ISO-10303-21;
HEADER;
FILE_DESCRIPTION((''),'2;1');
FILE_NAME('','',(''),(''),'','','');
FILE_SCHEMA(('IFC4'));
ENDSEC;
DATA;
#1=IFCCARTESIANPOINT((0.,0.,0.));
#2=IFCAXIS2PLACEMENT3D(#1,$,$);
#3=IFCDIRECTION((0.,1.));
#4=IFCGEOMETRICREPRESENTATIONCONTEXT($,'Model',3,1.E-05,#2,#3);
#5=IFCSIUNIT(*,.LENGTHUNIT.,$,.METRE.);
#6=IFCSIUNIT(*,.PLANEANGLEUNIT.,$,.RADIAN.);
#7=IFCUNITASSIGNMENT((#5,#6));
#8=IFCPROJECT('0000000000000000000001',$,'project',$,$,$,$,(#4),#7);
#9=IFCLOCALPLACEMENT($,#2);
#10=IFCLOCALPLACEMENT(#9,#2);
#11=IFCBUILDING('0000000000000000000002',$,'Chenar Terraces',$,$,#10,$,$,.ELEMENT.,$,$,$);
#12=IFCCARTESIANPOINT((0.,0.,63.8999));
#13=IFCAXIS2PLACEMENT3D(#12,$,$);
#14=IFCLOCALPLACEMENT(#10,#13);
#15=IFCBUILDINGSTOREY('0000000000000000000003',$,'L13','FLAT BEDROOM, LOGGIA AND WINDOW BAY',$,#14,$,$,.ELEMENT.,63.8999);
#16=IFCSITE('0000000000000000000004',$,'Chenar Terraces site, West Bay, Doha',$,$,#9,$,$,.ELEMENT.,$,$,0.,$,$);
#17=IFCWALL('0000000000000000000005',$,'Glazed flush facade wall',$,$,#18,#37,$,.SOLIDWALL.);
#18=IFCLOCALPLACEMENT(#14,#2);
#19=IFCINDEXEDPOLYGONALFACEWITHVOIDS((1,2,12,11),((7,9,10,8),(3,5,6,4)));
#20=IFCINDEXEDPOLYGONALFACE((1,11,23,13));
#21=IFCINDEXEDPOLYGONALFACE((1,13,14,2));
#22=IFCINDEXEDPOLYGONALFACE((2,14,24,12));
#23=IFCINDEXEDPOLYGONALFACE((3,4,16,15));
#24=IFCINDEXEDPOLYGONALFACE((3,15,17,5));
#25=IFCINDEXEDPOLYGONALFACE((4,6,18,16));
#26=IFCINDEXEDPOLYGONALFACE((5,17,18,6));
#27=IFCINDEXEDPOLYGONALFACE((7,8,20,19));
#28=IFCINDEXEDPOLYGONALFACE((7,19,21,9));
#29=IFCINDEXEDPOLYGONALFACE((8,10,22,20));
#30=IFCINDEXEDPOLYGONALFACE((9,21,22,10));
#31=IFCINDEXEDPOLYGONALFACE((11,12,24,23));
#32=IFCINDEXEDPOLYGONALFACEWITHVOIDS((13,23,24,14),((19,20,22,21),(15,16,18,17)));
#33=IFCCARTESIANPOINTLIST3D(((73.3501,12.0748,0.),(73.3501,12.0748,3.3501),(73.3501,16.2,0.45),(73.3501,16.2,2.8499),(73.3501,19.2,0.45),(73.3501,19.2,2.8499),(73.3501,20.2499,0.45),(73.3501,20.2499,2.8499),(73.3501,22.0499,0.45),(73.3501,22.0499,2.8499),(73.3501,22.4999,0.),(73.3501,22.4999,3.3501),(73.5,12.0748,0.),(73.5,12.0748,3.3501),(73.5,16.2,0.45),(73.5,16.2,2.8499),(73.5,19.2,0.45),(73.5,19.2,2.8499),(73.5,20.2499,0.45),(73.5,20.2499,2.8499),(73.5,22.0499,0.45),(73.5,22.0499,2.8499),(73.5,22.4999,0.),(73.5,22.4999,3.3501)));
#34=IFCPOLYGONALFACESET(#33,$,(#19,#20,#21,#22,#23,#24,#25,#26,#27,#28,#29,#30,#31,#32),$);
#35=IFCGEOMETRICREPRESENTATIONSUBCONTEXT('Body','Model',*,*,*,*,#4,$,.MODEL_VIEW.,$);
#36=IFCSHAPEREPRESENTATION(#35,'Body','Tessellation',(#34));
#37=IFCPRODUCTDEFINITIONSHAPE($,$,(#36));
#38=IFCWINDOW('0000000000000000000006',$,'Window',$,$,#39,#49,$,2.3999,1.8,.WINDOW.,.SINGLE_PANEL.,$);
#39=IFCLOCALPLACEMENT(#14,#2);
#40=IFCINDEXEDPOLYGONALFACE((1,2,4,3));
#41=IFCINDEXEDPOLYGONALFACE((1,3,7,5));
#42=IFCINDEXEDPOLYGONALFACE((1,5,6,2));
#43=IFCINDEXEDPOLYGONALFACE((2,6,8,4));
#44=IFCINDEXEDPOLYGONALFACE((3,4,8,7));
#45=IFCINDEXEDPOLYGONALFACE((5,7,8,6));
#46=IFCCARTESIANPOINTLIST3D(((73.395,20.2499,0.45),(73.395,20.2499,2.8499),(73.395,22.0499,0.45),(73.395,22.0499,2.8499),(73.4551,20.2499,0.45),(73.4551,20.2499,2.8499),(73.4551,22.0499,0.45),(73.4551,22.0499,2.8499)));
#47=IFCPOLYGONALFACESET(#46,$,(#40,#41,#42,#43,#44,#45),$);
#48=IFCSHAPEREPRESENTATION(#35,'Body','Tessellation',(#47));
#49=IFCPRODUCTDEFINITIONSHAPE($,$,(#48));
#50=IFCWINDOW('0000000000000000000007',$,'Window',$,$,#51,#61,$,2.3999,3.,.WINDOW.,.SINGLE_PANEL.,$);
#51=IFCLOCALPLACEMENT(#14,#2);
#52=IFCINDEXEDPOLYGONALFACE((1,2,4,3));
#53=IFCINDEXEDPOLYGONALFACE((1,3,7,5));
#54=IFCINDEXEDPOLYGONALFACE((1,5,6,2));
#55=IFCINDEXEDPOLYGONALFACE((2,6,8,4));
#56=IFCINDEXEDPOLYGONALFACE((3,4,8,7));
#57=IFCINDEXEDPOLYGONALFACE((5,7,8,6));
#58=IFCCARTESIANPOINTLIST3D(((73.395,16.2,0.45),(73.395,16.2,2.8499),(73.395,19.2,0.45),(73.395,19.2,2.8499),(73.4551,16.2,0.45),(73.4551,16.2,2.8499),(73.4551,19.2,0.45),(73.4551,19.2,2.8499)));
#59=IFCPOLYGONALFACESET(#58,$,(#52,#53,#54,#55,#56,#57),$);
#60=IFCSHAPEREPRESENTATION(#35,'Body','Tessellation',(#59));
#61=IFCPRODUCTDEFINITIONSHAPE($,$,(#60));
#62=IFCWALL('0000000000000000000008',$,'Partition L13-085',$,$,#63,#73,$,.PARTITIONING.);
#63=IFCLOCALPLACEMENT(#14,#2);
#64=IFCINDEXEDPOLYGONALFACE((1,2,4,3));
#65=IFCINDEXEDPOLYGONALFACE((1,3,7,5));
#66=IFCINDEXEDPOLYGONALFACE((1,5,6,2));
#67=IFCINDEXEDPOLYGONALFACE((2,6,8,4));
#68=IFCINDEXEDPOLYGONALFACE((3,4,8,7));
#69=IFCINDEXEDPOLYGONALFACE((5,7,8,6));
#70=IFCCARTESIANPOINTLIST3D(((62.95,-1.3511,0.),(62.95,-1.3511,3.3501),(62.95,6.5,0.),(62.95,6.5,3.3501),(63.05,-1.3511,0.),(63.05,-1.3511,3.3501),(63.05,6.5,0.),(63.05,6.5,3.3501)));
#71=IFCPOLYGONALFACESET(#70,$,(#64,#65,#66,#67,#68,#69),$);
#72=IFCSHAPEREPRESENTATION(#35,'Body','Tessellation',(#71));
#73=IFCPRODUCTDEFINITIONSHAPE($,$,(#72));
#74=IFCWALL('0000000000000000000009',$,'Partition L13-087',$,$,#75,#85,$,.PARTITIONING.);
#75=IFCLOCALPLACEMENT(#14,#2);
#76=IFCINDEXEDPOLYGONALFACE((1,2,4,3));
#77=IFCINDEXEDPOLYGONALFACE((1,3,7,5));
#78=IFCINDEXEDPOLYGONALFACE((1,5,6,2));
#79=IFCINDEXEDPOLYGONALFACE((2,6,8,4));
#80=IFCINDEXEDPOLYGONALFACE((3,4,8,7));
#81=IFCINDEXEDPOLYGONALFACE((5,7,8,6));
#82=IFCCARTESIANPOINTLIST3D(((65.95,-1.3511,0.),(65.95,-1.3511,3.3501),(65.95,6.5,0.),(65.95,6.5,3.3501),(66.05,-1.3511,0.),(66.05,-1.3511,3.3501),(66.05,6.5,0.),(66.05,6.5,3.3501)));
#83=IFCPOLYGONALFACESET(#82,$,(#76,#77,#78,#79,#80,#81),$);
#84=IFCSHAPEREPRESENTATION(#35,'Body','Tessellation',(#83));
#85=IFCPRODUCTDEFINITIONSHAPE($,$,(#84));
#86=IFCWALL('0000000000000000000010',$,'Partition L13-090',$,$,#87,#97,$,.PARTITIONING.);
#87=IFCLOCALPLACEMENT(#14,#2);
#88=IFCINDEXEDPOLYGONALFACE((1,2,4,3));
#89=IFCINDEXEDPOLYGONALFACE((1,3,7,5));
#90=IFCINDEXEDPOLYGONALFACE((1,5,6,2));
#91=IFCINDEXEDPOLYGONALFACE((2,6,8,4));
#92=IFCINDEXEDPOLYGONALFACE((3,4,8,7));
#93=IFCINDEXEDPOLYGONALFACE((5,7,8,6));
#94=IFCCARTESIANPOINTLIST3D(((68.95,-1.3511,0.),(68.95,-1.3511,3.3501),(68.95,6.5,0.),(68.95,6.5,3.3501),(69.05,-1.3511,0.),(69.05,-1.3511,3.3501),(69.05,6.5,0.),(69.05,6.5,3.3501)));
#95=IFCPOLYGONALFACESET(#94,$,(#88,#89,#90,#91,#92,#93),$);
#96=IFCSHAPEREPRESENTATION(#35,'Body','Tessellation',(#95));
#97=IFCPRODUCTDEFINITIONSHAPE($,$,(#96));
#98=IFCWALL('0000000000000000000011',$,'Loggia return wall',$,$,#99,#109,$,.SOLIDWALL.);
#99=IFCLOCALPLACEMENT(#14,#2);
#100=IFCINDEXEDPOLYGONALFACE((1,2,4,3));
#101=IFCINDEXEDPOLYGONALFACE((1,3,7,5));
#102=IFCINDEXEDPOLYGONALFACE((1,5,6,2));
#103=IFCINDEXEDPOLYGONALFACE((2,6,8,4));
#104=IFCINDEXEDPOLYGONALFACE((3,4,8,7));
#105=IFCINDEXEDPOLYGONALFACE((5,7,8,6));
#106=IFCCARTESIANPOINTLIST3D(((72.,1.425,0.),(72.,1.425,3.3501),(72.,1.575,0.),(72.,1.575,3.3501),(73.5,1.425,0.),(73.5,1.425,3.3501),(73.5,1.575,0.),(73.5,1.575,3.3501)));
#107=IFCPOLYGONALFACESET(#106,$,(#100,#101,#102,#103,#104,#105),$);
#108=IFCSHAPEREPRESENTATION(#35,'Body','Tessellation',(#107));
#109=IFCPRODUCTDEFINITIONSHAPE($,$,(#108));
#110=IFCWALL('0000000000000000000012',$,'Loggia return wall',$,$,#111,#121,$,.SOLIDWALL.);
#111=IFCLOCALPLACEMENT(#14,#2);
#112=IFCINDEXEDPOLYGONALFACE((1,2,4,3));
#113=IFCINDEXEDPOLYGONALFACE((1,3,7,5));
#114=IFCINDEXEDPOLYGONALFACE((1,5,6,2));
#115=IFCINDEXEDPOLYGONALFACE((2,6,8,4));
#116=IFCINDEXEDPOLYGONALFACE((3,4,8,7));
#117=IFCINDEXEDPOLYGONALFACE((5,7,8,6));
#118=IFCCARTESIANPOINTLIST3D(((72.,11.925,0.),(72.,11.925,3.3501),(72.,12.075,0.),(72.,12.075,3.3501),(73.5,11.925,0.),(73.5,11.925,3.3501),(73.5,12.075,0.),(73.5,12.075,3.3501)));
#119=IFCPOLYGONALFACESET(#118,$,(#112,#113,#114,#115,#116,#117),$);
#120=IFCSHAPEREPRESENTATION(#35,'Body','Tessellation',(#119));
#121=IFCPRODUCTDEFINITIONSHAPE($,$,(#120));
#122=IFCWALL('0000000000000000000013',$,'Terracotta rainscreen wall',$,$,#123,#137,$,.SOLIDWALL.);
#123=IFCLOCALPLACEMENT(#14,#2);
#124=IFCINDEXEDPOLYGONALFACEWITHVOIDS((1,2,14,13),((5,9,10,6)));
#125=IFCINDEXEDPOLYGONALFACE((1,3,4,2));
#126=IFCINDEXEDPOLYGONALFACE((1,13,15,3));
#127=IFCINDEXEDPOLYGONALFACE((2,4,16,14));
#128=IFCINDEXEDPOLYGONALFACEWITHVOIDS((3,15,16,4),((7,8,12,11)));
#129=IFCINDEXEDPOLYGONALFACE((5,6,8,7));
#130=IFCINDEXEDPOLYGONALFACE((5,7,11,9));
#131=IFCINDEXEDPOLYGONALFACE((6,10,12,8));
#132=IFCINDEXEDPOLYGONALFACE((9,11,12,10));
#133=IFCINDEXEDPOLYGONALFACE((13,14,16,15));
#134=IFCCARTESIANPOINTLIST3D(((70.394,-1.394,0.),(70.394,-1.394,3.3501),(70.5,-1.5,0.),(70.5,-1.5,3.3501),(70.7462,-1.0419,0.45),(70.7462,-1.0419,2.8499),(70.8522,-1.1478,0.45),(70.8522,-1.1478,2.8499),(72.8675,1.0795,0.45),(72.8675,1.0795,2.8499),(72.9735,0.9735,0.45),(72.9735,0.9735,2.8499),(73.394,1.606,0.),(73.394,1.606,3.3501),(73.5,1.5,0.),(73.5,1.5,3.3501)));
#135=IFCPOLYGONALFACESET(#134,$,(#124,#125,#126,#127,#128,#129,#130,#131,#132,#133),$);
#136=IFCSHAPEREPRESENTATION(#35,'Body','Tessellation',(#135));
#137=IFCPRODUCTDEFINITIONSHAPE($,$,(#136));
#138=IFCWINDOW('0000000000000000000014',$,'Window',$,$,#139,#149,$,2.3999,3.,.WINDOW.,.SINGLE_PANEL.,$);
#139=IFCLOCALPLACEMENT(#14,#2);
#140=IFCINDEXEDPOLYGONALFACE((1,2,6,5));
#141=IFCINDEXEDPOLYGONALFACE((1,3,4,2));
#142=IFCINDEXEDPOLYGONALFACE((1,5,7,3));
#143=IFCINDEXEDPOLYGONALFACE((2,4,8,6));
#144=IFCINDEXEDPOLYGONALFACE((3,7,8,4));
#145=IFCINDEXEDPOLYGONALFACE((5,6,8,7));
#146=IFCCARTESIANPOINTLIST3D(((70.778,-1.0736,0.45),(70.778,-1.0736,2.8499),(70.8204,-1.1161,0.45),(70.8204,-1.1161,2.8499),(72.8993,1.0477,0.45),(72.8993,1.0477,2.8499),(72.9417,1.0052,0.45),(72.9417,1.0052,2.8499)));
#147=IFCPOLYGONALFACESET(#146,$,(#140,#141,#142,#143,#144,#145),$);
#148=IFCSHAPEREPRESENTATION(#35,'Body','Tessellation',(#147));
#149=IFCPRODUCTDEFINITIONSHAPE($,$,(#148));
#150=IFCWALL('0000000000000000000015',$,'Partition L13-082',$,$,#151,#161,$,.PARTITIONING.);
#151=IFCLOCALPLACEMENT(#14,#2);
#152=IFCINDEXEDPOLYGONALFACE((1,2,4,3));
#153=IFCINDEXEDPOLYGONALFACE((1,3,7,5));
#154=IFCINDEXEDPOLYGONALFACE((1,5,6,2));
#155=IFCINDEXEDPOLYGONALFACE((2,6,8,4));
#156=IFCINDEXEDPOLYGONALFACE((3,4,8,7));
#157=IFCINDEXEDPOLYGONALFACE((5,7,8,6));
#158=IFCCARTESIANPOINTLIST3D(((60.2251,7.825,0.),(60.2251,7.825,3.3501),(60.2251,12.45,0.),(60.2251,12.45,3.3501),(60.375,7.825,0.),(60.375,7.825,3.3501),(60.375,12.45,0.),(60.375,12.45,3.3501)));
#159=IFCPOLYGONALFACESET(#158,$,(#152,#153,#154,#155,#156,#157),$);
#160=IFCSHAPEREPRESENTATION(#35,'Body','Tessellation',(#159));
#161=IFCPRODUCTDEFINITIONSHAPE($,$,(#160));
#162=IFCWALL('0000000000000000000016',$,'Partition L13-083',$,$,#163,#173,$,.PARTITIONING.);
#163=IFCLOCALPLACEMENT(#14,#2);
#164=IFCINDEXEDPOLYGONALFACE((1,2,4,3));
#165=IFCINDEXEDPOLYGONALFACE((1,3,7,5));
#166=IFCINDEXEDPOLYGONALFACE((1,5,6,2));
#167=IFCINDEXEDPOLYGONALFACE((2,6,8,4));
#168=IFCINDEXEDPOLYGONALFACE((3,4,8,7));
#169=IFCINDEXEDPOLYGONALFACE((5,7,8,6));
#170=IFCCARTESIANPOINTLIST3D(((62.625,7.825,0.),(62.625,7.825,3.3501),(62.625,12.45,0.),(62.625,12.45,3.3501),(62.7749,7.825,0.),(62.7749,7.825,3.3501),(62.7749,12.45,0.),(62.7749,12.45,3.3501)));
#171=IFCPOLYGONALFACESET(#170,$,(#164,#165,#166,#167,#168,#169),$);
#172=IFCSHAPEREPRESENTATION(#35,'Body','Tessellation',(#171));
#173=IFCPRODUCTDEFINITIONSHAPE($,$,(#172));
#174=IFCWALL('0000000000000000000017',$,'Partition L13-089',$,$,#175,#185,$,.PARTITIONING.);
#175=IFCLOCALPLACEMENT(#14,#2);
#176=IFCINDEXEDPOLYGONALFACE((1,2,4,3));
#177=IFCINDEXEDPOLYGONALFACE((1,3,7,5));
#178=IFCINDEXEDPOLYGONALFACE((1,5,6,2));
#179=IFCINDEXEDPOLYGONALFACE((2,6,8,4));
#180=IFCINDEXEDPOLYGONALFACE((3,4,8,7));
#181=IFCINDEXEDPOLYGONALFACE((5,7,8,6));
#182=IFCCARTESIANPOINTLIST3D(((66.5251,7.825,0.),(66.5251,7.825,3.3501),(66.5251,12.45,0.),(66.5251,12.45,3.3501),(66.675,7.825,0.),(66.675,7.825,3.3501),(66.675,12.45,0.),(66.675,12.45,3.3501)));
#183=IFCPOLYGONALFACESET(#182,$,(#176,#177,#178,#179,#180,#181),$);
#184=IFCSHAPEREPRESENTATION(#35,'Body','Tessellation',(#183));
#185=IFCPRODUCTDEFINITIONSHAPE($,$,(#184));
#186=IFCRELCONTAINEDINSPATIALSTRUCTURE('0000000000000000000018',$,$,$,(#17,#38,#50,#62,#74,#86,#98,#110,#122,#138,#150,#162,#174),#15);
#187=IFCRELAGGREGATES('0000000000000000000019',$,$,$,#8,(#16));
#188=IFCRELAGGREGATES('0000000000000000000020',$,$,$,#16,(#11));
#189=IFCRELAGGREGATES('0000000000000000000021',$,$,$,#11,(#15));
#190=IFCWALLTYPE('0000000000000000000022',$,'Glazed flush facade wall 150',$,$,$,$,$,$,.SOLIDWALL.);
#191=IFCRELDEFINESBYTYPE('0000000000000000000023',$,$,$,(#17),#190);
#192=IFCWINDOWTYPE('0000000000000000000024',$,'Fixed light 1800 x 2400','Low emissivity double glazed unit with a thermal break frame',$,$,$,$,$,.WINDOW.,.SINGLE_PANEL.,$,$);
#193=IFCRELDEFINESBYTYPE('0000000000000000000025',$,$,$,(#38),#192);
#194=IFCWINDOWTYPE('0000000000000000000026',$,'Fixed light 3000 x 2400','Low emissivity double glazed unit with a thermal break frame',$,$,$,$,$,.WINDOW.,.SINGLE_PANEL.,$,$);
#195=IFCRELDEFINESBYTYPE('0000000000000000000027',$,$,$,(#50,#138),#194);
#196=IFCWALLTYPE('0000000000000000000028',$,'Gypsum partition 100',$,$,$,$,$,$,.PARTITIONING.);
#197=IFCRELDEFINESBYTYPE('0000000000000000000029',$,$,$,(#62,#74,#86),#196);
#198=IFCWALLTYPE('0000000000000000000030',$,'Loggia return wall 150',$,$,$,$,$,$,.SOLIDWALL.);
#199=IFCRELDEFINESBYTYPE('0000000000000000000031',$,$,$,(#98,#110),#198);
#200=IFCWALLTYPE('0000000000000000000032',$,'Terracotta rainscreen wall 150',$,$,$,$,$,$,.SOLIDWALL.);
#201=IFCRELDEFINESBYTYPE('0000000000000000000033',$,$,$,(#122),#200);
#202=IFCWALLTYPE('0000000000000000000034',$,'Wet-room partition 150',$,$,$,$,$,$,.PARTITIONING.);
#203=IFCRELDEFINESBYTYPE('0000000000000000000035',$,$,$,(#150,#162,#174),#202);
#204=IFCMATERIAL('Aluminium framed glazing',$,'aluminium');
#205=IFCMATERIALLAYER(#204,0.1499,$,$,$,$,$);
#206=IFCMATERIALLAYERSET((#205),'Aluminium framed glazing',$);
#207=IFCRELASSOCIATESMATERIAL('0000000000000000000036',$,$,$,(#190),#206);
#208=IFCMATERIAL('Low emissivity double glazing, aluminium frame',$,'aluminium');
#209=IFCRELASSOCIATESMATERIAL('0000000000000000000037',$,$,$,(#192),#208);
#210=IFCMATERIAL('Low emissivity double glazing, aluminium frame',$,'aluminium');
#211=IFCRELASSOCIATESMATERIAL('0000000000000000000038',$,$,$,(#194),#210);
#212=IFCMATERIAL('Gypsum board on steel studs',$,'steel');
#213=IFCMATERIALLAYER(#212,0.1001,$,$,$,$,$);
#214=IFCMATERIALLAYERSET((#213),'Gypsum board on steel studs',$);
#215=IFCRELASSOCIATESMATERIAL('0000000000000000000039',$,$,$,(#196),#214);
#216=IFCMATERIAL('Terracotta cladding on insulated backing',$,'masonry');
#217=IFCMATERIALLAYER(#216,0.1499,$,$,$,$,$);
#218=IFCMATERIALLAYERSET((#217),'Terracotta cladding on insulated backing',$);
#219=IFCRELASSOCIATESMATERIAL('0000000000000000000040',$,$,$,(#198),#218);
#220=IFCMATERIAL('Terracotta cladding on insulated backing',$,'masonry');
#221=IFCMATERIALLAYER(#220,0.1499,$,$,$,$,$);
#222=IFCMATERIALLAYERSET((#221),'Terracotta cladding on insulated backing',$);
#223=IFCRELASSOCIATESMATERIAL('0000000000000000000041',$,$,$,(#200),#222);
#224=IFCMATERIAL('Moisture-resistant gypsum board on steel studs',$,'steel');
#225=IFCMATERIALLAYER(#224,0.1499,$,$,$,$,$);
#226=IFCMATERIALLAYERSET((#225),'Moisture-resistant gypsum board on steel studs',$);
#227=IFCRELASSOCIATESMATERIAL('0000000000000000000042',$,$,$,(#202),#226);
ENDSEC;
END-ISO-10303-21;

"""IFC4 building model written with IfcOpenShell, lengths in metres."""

from ifc_helpers import new_model, si_unit, direction, frame, frame_2d, origin, place, context, subcontext, project, spatial, rectangle, extrude, material, layer, layer_set, type_object, element, fill, save


model = new_model("IFC4")

# Units and contexts
model_context = context("Model", 3, precision=1e-05, world=origin(), true_north=direction((0.0, 1.0)))
body_context = subcontext(model_context, "Body", "Model", "MODEL_VIEW")
ifc_project = project(units=[si_unit("LENGTHUNIT", "METRE"), si_unit("PLANEANGLEUNIT", "RADIAN")], contexts=[model_context])

# Site, building, storey
site_placement = place(None, origin())
site = spatial("IfcSite", under=ifc_project, at=site_placement, Name="Chenar Terraces site, West Bay, Doha", CompositionType="ELEMENT", RefElevation=0.0)
building_placement = place(site_placement, origin())
building = spatial("IfcBuilding", under=site, at=building_placement, Name="Chenar Terraces", CompositionType="ELEMENT")
storey_placement = place(building_placement, frame((0.0, 0.0, 63.8999)))
storey = spatial("IfcBuildingStorey", under=building, at=storey_placement, Name="L13", Description="FLAT BEDROOM, LOGGIA AND WINDOW BAY", CompositionType="ELEMENT", Elevation=63.8999)

# Wall, openings, windows
ifc_material_1 = material(Name="Aluminium framed glazing", Category="aluminium")
ifc_layer_1 = layer(ifc_material_1, 0.1499)
ifc_layer_set_1 = layer_set([ifc_layer_1], Name="Aluminium framed glazing")
wall_type_1 = type_object("IfcWallType", Name="Glazed flush facade wall 150", PredefinedType="SOLIDWALL", material=ifc_layer_set_1)
ifc_material_2 = material(Name="Low emissivity double glazing, aluminium frame", Category="aluminium")
window_type_1 = type_object("IfcWindowType", Name="Fixed light 1800 x 2400", Description="Low emissivity double glazed unit with a thermal break frame", PartitioningType="SINGLE_PANEL", PredefinedType="WINDOW", material=ifc_material_2)
wall_1_placement = place(storey_placement, frame((73.425, 12.075, 0.0), z_axis=(0.0, 0.0, 1.0), x_axis=(0.0, 1.0, 0.0)))
wall_1 = element("IfcWall", 1, at=wall_1_placement, inside=storey, type_object=wall_type_1, Name="Glazed flush facade wall", PredefinedType="SOLIDWALL", context=body_context, shape_type="SweptSolid", body=[
    extrude(rectangle(XDim=10.425, YDim=0.1499, at=frame_2d((5.2124, 0.0))), origin(), (0.0, 0.0, 1.0), 3.3501),
])
opening_1_placement = place(wall_1_placement, frame((4.125, 0.0, 0.45)))
opening_1 = element("IfcOpeningElement", 2, at=opening_1_placement, cuts=wall_1, PredefinedType="OPENING", context=body_context, shape_type="SweptSolid", body=[
    extrude(rectangle(XDim=3.0, YDim=2.3999, at=frame_2d((1.5, 1.2))), frame((0.0, 0.085, 0.0), z_axis=(0.0, -1.0, 0.0), x_axis=(1.0, 0.0, 0.0)), (0.0, 0.0, 1.0), 0.1699),
])
opening_2_placement = place(wall_1_placement, frame((8.175, 0.0, 0.45)))
opening_2 = element("IfcOpeningElement", 3, at=opening_2_placement, cuts=wall_1, PredefinedType="OPENING", context=body_context, shape_type="SweptSolid", body=[
    extrude(rectangle(XDim=1.8, YDim=2.3999, at=frame_2d((0.8999, 1.2))), frame((0.0, 0.085, 0.0), z_axis=(0.0, -1.0, 0.0), x_axis=(1.0, 0.0, 0.0)), (0.0, 0.0, 1.0), 0.1699),
])
window_1_placement = place(opening_2_placement, origin())
window_1 = element("IfcWindow", 4, at=window_1_placement, inside=storey, type_object=window_type_1, Name="Window", OverallHeight=2.3999, OverallWidth=1.8, PartitioningType="SINGLE_PANEL", PredefinedType="WINDOW", context=body_context, shape_type="SweptSolid", body=[
    extrude(rectangle(XDim=1.8, YDim=2.3999, at=frame_2d((0.8999, 1.2))), frame((0.0, 0.03, 0.0), z_axis=(0.0, -1.0, 0.0), x_axis=(1.0, 0.0, 0.0)), (0.0, 0.0, 1.0), 0.0601),
])
fill(opening_2, window_1)
ifc_material_3 = material(Name="Low emissivity double glazing, aluminium frame", Category="aluminium")
window_type_2 = type_object("IfcWindowType", Name="Fixed light 3000 x 2400", Description="Low emissivity double glazed unit with a thermal break frame", PartitioningType="SINGLE_PANEL", PredefinedType="WINDOW", material=ifc_material_3)
window_2_placement = place(opening_1_placement, origin())
window_2 = element("IfcWindow", 5, at=window_2_placement, inside=storey, type_object=window_type_2, Name="Window", OverallHeight=2.3999, OverallWidth=3.0, PartitioningType="SINGLE_PANEL", PredefinedType="WINDOW", context=body_context, shape_type="SweptSolid", body=[
    extrude(rectangle(XDim=3.0, YDim=2.3999, at=frame_2d((1.5, 1.2))), frame((0.0, 0.03, 0.0), z_axis=(0.0, -1.0, 0.0), x_axis=(1.0, 0.0, 0.0)), (0.0, 0.0, 1.0), 0.0601),
])
fill(opening_1, window_2)

# Walls
ifc_material_4 = material(Name="Gypsum board on steel studs", Category="steel")
ifc_layer_2 = layer(ifc_material_4, 0.1001)
ifc_layer_set_2 = layer_set([ifc_layer_2], Name="Gypsum board on steel studs")
wall_type_2 = type_object("IfcWallType", Name="Gypsum partition 100", PredefinedType="PARTITIONING", material=ifc_layer_set_2)
for number, where, z_axis, x_axis, name in (
    (6, (63.0, -1.3511, 0.0), (0.0, 0.0, 1.0), (0.0, 1.0, 0.0), "Partition L13-085"),
    (7, (66.0, -1.3511, 0.0), (0.0, 0.0, 1.0), (0.0, 1.0, 0.0), "Partition L13-087"),
    (8, (69.0, -1.3511, 0.0), (0.0, 0.0, 1.0), (0.0, 1.0, 0.0), "Partition L13-090"),
):
    element("IfcWall", number, at=place(storey_placement, frame(where, z_axis=z_axis, x_axis=x_axis)), inside=storey, type_object=wall_type_2, Name=name, PredefinedType="PARTITIONING", context=body_context, shape_type="SweptSolid", body=[
        extrude(rectangle(XDim=7.8511, YDim=0.1001, at=frame_2d((3.9255, 0.0))), origin(), (0.0, 0.0, 1.0), 3.3501),
    ])
ifc_material_5 = material(Name="Terracotta cladding on insulated backing", Category="masonry")
ifc_layer_3 = layer(ifc_material_5, 0.1499)
ifc_layer_set_3 = layer_set([ifc_layer_3], Name="Terracotta cladding on insulated backing")
wall_type_3 = type_object("IfcWallType", Name="Loggia return wall 150", PredefinedType="SOLIDWALL", material=ifc_layer_set_3)
for number, where, z_axis, x_axis, name in (
    (9, (73.5, 1.5, 0.0), (0.0, 0.0, 1.0), (-1.0, 0.0, 0.0), "Loggia return wall"),
    (10, (73.5, 12.0, 0.0), (0.0, 0.0, 1.0), (-1.0, 0.0, 0.0), "Loggia return wall"),
):
    element("IfcWall", number, at=place(storey_placement, frame(where, z_axis=z_axis, x_axis=x_axis)), inside=storey, type_object=wall_type_3, Name=name, PredefinedType="SOLIDWALL", context=body_context, shape_type="SweptSolid", body=[
        extrude(rectangle(XDim=1.5, YDim=0.1499, at=frame_2d((0.75, 0.0))), origin(), (0.0, 0.0, 1.0), 3.3501),
    ])

# Wall, opening, window
ifc_material_6 = material(Name="Terracotta cladding on insulated backing", Category="masonry")
ifc_layer_4 = layer(ifc_material_6, 0.1499)
ifc_layer_set_4 = layer_set([ifc_layer_4], Name="Terracotta cladding on insulated backing")
wall_type_4 = type_object("IfcWallType", Name="Terracotta rainscreen wall 150", PredefinedType="SOLIDWALL", material=ifc_layer_set_4)
wall_2_placement = place(storey_placement, frame((70.447, -1.447, 0.0), z_axis=(0.0, 0.0, 1.0), x_axis=(0.707107, 0.707107, 0.0)))
wall_2 = element("IfcWall", 11, at=wall_2_placement, inside=storey, type_object=wall_type_4, Name="Terracotta rainscreen wall", PredefinedType="SOLIDWALL", context=body_context, shape_type="SweptSolid", body=[
    extrude(rectangle(XDim=4.2427, YDim=0.1499, at=frame_2d((2.1213, 0.0))), origin(), (0.0, 0.0, 1.0), 3.3501),
])
opening_3_placement = place(wall_2_placement, frame((0.498, 0.0, 0.45)))
opening_3 = element("IfcOpeningElement", 12, at=opening_3_placement, cuts=wall_2, PredefinedType="OPENING", context=body_context, shape_type="SweptSolid", body=[
    extrude(rectangle(XDim=3.0, YDim=2.3999, at=frame_2d((1.5, 1.2))), frame((0.0, 0.085, 0.0), z_axis=(0.0, -1.0, 0.0), x_axis=(1.0, 0.0, 0.0)), (0.0, 0.0, 1.0), 0.1699),
])
window_3_placement = place(opening_3_placement, origin())
window_3 = element("IfcWindow", 13, at=window_3_placement, inside=storey, type_object=window_type_2, Name="Window", OverallHeight=2.3999, OverallWidth=3.0, PartitioningType="SINGLE_PANEL", PredefinedType="WINDOW", context=body_context, shape_type="SweptSolid", body=[
    extrude(rectangle(XDim=3.0, YDim=2.3999, at=frame_2d((1.5, 1.2))), frame((0.0, 0.03, 0.0), z_axis=(0.0, -1.0, 0.0), x_axis=(1.0, 0.0, 0.0)), (0.0, 0.0, 1.0), 0.0601),
])
fill(opening_3, window_3)

# Walls
ifc_material_7 = material(Name="Moisture-resistant gypsum board on steel studs", Category="steel")
ifc_layer_5 = layer(ifc_material_7, 0.1499)
ifc_layer_set_5 = layer_set([ifc_layer_5], Name="Moisture-resistant gypsum board on steel studs")
wall_type_5 = type_object("IfcWallType", Name="Wet-room partition 150", PredefinedType="PARTITIONING", material=ifc_layer_set_5)
for number, where, z_axis, x_axis, name in (
    (14, (60.3, 7.825, 0.0), (0.0, 0.0, 1.0), (0.0, 1.0, 0.0), "Partition L13-082"),
    (15, (62.7, 7.825, 0.0), (0.0, 0.0, 1.0), (0.0, 1.0, 0.0), "Partition L13-083"),
    (16, (66.6001, 7.825, 0.0), (0.0, 0.0, 1.0), (0.0, 1.0, 0.0), "Partition L13-089"),
):
    element("IfcWall", number, at=place(storey_placement, frame(where, z_axis=z_axis, x_axis=x_axis)), inside=storey, type_object=wall_type_5, Name=name, PredefinedType="PARTITIONING", context=body_context, shape_type="SweptSolid", body=[
        extrude(rectangle(XDim=4.625, YDim=0.1499, at=frame_2d((2.3125, 0.0))), origin(), (0.0, 0.0, 1.0), 3.3501),
    ])

save(model, "model.ifc")
